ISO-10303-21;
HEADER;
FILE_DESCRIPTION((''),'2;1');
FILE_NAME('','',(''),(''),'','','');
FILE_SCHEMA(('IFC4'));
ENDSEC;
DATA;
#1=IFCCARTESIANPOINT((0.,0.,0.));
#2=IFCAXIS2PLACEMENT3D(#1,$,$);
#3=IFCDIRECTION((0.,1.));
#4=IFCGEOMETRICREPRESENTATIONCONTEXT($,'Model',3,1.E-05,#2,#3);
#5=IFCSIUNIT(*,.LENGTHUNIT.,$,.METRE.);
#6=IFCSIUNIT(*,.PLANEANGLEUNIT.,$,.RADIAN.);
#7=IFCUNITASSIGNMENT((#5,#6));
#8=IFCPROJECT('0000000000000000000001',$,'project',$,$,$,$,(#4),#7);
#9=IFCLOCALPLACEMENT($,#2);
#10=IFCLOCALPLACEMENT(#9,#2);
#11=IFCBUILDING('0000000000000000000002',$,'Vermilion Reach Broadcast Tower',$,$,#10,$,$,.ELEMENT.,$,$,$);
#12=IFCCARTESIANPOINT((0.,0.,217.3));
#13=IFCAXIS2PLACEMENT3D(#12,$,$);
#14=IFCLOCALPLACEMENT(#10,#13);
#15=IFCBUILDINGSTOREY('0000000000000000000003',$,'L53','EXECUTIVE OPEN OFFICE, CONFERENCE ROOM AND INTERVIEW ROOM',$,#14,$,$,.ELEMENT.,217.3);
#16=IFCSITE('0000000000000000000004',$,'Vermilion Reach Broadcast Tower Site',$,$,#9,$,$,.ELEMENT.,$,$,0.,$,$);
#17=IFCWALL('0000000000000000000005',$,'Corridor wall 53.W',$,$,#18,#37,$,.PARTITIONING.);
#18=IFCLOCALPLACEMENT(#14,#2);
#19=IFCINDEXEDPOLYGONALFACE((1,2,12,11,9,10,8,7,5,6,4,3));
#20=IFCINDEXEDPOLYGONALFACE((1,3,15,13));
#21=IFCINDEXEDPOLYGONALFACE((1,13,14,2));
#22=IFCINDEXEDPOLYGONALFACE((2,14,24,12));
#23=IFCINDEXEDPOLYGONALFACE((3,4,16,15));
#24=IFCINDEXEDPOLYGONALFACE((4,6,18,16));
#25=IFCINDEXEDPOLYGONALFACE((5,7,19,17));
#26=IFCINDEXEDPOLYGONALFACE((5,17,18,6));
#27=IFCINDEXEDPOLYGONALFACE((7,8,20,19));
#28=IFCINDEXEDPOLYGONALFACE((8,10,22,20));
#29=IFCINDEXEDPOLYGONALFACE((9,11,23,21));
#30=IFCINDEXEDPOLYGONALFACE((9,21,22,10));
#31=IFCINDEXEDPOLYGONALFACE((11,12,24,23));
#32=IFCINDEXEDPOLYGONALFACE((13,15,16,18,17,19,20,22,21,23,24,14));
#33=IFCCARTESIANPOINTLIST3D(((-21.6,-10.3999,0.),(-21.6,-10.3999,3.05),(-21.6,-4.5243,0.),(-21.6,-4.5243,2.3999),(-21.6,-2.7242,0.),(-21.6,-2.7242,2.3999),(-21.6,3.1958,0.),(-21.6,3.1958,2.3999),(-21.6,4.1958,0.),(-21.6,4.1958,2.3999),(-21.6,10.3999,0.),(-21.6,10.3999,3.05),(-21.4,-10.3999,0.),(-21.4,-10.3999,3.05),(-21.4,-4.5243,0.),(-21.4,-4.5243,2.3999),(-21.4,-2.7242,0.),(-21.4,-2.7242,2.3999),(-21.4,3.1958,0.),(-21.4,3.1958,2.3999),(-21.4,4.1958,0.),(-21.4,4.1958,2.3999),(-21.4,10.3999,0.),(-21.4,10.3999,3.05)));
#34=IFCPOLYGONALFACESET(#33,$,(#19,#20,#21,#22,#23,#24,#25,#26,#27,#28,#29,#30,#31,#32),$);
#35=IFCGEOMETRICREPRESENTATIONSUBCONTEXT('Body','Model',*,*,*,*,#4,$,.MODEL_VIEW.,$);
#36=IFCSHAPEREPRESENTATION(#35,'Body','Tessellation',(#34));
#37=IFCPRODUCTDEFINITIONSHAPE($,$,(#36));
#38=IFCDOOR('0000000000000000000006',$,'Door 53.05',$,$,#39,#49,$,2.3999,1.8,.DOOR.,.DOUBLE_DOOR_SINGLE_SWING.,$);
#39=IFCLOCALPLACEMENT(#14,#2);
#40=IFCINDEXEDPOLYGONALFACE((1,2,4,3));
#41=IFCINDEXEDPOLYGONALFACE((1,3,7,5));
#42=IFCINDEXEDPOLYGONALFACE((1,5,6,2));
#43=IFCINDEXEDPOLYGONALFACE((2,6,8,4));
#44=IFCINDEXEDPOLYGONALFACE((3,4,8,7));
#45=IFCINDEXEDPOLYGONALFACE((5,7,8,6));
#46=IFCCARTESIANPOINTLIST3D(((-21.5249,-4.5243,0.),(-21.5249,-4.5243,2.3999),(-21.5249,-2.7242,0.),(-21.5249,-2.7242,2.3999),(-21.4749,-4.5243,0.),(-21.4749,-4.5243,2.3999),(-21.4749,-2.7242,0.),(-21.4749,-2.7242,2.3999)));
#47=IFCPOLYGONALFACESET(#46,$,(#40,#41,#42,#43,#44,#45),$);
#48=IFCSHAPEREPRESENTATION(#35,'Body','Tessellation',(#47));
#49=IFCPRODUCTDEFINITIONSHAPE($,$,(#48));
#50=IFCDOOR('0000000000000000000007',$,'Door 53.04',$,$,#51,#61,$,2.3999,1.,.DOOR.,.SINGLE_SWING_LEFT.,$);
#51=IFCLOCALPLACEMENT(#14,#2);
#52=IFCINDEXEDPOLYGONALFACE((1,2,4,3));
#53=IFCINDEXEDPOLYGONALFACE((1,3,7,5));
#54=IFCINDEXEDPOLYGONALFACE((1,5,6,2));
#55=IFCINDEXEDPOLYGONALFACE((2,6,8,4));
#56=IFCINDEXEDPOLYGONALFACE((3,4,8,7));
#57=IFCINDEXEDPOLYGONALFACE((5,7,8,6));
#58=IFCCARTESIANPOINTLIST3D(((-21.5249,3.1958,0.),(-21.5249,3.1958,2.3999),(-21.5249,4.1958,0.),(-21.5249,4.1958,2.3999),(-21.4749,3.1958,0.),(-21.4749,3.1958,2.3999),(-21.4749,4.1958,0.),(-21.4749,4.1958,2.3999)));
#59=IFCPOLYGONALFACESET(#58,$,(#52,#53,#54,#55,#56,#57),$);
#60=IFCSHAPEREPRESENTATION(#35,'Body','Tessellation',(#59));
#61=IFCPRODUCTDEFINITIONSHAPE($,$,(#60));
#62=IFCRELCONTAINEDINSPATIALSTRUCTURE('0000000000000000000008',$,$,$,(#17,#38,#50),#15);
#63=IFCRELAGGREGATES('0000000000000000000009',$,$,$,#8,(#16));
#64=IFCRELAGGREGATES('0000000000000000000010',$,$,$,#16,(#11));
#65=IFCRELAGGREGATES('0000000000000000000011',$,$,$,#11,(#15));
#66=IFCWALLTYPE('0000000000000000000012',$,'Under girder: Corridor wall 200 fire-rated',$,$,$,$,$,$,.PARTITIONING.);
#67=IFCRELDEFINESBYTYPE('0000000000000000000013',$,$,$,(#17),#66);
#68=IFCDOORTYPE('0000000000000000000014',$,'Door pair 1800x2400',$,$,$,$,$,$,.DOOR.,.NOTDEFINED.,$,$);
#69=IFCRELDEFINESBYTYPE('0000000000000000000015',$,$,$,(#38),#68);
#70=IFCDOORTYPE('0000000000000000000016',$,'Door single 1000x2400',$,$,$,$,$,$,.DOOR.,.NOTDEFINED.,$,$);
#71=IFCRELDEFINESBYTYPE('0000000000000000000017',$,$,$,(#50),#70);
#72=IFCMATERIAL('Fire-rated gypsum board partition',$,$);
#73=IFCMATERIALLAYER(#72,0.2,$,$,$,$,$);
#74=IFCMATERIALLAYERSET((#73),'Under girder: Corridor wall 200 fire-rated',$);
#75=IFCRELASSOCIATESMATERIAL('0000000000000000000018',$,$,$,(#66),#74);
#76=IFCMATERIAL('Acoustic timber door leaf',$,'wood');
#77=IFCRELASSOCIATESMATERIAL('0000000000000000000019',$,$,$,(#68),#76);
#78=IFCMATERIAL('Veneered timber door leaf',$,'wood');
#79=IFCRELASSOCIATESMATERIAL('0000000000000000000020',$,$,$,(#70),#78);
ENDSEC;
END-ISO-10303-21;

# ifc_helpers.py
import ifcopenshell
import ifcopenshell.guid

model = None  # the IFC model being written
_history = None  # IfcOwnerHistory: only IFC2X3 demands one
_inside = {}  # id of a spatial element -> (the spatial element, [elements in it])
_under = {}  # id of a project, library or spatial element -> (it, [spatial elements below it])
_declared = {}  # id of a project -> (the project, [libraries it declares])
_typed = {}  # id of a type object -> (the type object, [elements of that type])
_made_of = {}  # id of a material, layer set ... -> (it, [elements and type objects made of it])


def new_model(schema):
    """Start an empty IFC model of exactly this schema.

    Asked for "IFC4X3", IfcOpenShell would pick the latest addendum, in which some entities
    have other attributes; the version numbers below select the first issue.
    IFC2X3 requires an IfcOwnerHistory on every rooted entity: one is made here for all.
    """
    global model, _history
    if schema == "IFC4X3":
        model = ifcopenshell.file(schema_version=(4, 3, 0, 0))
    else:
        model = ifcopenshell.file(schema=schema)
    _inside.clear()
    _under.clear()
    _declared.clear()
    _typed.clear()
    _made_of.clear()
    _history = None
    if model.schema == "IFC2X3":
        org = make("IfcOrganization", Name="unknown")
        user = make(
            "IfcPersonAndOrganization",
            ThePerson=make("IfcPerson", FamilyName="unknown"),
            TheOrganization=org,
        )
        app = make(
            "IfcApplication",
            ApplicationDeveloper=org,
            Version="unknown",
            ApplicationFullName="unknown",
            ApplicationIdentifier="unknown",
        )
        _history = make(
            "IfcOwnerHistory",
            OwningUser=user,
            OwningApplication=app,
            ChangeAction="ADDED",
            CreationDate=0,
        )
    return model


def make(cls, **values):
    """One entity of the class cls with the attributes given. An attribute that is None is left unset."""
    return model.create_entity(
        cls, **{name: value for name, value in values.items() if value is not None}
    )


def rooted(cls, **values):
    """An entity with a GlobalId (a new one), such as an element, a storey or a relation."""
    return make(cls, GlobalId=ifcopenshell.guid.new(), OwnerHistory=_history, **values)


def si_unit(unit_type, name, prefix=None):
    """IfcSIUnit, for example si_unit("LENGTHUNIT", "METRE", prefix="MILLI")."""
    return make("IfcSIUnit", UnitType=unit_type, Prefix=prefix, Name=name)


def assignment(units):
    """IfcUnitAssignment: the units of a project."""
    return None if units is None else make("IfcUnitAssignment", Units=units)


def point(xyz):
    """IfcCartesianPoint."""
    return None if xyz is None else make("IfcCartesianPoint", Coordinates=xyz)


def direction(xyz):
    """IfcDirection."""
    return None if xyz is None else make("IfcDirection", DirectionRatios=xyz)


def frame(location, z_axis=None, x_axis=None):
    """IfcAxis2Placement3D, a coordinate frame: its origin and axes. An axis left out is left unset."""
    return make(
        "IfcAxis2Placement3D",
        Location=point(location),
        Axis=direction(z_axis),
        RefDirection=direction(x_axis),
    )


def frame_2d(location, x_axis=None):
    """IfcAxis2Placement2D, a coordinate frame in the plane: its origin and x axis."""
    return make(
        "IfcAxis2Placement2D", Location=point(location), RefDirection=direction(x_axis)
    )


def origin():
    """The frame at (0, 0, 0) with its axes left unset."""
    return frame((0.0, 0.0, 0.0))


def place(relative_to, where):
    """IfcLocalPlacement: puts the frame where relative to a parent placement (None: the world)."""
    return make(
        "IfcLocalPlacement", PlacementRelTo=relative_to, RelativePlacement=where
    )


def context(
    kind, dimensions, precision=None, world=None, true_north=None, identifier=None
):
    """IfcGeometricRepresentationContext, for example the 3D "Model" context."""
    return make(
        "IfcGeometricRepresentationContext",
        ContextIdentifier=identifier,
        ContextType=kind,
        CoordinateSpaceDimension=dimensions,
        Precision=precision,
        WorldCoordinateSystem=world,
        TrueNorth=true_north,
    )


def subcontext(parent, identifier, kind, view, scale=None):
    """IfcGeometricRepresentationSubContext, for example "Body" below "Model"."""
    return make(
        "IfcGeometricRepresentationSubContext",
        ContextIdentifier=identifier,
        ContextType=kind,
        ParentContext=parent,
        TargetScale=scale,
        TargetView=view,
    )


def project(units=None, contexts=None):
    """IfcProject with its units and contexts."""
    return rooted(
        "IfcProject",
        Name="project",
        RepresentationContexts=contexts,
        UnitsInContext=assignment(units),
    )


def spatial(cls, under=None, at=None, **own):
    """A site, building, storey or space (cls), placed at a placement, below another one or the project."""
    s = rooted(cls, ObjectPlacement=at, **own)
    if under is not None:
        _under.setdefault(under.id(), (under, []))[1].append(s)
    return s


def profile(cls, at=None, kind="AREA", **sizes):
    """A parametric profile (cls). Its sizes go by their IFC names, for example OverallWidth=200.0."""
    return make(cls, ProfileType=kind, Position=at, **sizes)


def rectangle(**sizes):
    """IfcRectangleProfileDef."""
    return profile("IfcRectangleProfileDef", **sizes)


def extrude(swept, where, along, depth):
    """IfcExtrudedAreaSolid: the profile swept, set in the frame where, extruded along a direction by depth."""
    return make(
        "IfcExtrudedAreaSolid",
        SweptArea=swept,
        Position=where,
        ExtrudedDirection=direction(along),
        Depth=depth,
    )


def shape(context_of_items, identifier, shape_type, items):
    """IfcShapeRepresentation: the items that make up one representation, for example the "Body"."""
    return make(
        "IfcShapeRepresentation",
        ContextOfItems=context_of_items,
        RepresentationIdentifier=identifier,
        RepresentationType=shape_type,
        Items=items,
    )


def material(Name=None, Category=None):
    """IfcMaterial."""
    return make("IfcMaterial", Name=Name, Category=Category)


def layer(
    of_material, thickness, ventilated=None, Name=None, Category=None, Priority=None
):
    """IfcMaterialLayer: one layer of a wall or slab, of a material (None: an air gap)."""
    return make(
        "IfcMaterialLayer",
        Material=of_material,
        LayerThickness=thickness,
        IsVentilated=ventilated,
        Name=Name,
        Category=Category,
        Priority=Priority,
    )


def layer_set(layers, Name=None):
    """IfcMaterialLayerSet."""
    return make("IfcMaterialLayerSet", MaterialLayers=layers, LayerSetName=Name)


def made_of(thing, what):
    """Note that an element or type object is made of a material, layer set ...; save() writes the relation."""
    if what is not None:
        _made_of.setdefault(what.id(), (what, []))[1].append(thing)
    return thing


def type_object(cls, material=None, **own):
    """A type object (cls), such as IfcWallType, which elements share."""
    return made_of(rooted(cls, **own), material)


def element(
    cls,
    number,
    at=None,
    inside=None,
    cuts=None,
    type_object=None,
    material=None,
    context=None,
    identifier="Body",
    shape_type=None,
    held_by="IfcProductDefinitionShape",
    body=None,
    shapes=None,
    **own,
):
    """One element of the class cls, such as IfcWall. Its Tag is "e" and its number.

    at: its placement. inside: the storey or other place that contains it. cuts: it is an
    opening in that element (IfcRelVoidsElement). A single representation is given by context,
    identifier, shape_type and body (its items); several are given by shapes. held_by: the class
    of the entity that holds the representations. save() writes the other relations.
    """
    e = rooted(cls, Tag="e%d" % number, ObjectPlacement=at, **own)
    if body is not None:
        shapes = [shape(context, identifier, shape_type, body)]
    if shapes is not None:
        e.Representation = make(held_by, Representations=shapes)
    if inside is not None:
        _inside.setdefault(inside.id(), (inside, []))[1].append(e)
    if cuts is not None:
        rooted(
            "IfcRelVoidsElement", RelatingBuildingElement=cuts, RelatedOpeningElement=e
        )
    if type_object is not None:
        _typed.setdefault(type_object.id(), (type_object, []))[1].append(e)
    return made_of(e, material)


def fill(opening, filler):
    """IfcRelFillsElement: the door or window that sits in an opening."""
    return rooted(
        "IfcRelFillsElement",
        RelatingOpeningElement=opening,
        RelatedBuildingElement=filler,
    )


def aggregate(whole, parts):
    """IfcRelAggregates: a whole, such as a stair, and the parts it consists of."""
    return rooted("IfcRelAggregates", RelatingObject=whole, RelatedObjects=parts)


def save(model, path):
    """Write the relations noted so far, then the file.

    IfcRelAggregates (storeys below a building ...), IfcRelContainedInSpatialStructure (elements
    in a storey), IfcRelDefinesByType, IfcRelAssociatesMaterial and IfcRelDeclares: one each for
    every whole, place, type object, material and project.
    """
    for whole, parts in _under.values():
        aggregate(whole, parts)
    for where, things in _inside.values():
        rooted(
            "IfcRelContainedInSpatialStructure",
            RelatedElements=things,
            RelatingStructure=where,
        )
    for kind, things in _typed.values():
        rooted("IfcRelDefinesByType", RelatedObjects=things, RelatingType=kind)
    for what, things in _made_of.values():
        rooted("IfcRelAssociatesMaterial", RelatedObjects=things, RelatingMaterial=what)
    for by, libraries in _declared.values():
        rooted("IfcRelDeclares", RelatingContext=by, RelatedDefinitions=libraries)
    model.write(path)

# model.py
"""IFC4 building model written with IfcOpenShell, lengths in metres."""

from ifc_helpers import new_model, si_unit, direction, frame, frame_2d, origin, place, context, subcontext, project, spatial, rectangle, extrude, material, layer, layer_set, type_object, element, fill, save


model = new_model("IFC4")

# Units and contexts
model_context = context("Model", 3, precision=1e-05, world=origin(), true_north=direction((0.0, 1.0)))
body_context = subcontext(model_context, "Body", "Model", "MODEL_VIEW")
ifc_project = project(units=[si_unit("LENGTHUNIT", "METRE"), si_unit("PLANEANGLEUNIT", "RADIAN")], contexts=[model_context])

# Site, building, storey
site_placement = place(None, origin())
site = spatial("IfcSite", under=ifc_project, at=site_placement, Name="Vermilion Reach Broadcast Tower Site", CompositionType="ELEMENT", RefElevation=0.0)
building_placement = place(site_placement, origin())
building = spatial("IfcBuilding", under=site, at=building_placement, Name="Vermilion Reach Broadcast Tower", CompositionType="ELEMENT")
storey_placement = place(building_placement, frame((0.0, 0.0, 217.3)))
storey = spatial("IfcBuildingStorey", under=building, at=storey_placement, Name="L53", Description="EXECUTIVE OPEN OFFICE, CONFERENCE ROOM AND INTERVIEW ROOM", CompositionType="ELEMENT", Elevation=217.3)

# Wall, openings, doors
ifc_material_1 = material(Name="Fire-rated gypsum board partition")
ifc_layer_1 = layer(ifc_material_1, 0.2)
ifc_layer_set_1 = layer_set([ifc_layer_1], Name="Under girder: Corridor wall 200 fire-rated")
wall_type_1 = type_object("IfcWallType", Name="Under girder: Corridor wall 200 fire-rated", PredefinedType="PARTITIONING", material=ifc_layer_set_1)
wall_1_placement = place(storey_placement, frame((-21.5, -10.3999, 0.0), z_axis=(0.0, 0.0, 1.0), x_axis=(0.0, 1.0, 0.0)))
wall_1 = element("IfcWall", 1, at=wall_1_placement, inside=storey, type_object=wall_type_1, Name="Corridor wall 53.W", PredefinedType="PARTITIONING", context=body_context, shape_type="SweptSolid", body=[
    extrude(rectangle(XDim=20.7998, YDim=0.2, at=frame_2d((10.3999, 0.0))), origin(), (0.0, 0.0, 1.0), 3.05),
])
opening_1_placement = place(wall_1_placement, frame((13.5957, 0.0, 0.0)))
opening_1 = element("IfcOpeningElement", 2, at=opening_1_placement, cuts=wall_1, PredefinedType="OPENING", context=body_context, shape_type="SweptSolid", body=[
    extrude(rectangle(XDim=1.0, YDim=2.3999, at=frame_2d((0.5, 1.2))), frame((0.0, 0.1099, 0.0), z_axis=(0.0, -1.0, 0.0), x_axis=(1.0, 0.0, 0.0)), (0.0, 0.0, 1.0), 0.22),
])
opening_2_placement = place(wall_1_placement, frame((5.8757, 0.0, 0.0)))
opening_2 = element("IfcOpeningElement", 3, at=opening_2_placement, cuts=wall_1, PredefinedType="OPENING", context=body_context, shape_type="SweptSolid", body=[
    extrude(rectangle(XDim=1.8, YDim=2.3999, at=frame_2d((0.8999, 1.2))), frame((0.0, 0.1099, 0.0), z_axis=(0.0, -1.0, 0.0), x_axis=(1.0, 0.0, 0.0)), (0.0, 0.0, 1.0), 0.22),
])
ifc_material_2 = material(Name="Acoustic timber door leaf", Category="wood")
door_type_1 = type_object("IfcDoorType", Name="Door pair 1800x2400", OperationType="NOTDEFINED", PredefinedType="DOOR", material=ifc_material_2)
door_1_placement = place(opening_2_placement, origin())
door_1 = element("IfcDoor", 4, at=door_1_placement, inside=storey, type_object=door_type_1, Name="Door 53.05", OperationType="DOUBLE_DOOR_SINGLE_SWING", OverallHeight=2.3999, OverallWidth=1.8, PredefinedType="DOOR", context=body_context, shape_type="SweptSolid", body=[
    extrude(rectangle(XDim=1.8, YDim=2.3999, at=frame_2d((0.8999, 1.2))), frame((0.0, 0.0249, 0.0), z_axis=(0.0, -1.0, 0.0), x_axis=(1.0, 0.0, 0.0)), (0.0, 0.0, 1.0), 0.05),
])
fill(opening_2, door_1)
ifc_material_3 = material(Name="Veneered timber door leaf", Category="wood")
door_type_2 = type_object("IfcDoorType", Name="Door single 1000x2400", OperationType="NOTDEFINED", PredefinedType="DOOR", material=ifc_material_3)
door_2_placement = place(opening_1_placement, origin())
door_2 = element("IfcDoor", 5, at=door_2_placement, inside=storey, type_object=door_type_2, Name="Door 53.04", OperationType="SINGLE_SWING_LEFT", OverallHeight=2.3999, OverallWidth=1.0, PredefinedType="DOOR", context=body_context, shape_type="SweptSolid", body=[
    extrude(rectangle(XDim=1.0, YDim=2.3999, at=frame_2d((0.5, 1.2))), frame((0.0, 0.0249, 0.0), z_axis=(0.0, -1.0, 0.0), x_axis=(1.0, 0.0, 0.0)), (0.0, 0.0, 1.0), 0.05),
])
fill(opening_1, door_2)

save(model, "model.ifc")
